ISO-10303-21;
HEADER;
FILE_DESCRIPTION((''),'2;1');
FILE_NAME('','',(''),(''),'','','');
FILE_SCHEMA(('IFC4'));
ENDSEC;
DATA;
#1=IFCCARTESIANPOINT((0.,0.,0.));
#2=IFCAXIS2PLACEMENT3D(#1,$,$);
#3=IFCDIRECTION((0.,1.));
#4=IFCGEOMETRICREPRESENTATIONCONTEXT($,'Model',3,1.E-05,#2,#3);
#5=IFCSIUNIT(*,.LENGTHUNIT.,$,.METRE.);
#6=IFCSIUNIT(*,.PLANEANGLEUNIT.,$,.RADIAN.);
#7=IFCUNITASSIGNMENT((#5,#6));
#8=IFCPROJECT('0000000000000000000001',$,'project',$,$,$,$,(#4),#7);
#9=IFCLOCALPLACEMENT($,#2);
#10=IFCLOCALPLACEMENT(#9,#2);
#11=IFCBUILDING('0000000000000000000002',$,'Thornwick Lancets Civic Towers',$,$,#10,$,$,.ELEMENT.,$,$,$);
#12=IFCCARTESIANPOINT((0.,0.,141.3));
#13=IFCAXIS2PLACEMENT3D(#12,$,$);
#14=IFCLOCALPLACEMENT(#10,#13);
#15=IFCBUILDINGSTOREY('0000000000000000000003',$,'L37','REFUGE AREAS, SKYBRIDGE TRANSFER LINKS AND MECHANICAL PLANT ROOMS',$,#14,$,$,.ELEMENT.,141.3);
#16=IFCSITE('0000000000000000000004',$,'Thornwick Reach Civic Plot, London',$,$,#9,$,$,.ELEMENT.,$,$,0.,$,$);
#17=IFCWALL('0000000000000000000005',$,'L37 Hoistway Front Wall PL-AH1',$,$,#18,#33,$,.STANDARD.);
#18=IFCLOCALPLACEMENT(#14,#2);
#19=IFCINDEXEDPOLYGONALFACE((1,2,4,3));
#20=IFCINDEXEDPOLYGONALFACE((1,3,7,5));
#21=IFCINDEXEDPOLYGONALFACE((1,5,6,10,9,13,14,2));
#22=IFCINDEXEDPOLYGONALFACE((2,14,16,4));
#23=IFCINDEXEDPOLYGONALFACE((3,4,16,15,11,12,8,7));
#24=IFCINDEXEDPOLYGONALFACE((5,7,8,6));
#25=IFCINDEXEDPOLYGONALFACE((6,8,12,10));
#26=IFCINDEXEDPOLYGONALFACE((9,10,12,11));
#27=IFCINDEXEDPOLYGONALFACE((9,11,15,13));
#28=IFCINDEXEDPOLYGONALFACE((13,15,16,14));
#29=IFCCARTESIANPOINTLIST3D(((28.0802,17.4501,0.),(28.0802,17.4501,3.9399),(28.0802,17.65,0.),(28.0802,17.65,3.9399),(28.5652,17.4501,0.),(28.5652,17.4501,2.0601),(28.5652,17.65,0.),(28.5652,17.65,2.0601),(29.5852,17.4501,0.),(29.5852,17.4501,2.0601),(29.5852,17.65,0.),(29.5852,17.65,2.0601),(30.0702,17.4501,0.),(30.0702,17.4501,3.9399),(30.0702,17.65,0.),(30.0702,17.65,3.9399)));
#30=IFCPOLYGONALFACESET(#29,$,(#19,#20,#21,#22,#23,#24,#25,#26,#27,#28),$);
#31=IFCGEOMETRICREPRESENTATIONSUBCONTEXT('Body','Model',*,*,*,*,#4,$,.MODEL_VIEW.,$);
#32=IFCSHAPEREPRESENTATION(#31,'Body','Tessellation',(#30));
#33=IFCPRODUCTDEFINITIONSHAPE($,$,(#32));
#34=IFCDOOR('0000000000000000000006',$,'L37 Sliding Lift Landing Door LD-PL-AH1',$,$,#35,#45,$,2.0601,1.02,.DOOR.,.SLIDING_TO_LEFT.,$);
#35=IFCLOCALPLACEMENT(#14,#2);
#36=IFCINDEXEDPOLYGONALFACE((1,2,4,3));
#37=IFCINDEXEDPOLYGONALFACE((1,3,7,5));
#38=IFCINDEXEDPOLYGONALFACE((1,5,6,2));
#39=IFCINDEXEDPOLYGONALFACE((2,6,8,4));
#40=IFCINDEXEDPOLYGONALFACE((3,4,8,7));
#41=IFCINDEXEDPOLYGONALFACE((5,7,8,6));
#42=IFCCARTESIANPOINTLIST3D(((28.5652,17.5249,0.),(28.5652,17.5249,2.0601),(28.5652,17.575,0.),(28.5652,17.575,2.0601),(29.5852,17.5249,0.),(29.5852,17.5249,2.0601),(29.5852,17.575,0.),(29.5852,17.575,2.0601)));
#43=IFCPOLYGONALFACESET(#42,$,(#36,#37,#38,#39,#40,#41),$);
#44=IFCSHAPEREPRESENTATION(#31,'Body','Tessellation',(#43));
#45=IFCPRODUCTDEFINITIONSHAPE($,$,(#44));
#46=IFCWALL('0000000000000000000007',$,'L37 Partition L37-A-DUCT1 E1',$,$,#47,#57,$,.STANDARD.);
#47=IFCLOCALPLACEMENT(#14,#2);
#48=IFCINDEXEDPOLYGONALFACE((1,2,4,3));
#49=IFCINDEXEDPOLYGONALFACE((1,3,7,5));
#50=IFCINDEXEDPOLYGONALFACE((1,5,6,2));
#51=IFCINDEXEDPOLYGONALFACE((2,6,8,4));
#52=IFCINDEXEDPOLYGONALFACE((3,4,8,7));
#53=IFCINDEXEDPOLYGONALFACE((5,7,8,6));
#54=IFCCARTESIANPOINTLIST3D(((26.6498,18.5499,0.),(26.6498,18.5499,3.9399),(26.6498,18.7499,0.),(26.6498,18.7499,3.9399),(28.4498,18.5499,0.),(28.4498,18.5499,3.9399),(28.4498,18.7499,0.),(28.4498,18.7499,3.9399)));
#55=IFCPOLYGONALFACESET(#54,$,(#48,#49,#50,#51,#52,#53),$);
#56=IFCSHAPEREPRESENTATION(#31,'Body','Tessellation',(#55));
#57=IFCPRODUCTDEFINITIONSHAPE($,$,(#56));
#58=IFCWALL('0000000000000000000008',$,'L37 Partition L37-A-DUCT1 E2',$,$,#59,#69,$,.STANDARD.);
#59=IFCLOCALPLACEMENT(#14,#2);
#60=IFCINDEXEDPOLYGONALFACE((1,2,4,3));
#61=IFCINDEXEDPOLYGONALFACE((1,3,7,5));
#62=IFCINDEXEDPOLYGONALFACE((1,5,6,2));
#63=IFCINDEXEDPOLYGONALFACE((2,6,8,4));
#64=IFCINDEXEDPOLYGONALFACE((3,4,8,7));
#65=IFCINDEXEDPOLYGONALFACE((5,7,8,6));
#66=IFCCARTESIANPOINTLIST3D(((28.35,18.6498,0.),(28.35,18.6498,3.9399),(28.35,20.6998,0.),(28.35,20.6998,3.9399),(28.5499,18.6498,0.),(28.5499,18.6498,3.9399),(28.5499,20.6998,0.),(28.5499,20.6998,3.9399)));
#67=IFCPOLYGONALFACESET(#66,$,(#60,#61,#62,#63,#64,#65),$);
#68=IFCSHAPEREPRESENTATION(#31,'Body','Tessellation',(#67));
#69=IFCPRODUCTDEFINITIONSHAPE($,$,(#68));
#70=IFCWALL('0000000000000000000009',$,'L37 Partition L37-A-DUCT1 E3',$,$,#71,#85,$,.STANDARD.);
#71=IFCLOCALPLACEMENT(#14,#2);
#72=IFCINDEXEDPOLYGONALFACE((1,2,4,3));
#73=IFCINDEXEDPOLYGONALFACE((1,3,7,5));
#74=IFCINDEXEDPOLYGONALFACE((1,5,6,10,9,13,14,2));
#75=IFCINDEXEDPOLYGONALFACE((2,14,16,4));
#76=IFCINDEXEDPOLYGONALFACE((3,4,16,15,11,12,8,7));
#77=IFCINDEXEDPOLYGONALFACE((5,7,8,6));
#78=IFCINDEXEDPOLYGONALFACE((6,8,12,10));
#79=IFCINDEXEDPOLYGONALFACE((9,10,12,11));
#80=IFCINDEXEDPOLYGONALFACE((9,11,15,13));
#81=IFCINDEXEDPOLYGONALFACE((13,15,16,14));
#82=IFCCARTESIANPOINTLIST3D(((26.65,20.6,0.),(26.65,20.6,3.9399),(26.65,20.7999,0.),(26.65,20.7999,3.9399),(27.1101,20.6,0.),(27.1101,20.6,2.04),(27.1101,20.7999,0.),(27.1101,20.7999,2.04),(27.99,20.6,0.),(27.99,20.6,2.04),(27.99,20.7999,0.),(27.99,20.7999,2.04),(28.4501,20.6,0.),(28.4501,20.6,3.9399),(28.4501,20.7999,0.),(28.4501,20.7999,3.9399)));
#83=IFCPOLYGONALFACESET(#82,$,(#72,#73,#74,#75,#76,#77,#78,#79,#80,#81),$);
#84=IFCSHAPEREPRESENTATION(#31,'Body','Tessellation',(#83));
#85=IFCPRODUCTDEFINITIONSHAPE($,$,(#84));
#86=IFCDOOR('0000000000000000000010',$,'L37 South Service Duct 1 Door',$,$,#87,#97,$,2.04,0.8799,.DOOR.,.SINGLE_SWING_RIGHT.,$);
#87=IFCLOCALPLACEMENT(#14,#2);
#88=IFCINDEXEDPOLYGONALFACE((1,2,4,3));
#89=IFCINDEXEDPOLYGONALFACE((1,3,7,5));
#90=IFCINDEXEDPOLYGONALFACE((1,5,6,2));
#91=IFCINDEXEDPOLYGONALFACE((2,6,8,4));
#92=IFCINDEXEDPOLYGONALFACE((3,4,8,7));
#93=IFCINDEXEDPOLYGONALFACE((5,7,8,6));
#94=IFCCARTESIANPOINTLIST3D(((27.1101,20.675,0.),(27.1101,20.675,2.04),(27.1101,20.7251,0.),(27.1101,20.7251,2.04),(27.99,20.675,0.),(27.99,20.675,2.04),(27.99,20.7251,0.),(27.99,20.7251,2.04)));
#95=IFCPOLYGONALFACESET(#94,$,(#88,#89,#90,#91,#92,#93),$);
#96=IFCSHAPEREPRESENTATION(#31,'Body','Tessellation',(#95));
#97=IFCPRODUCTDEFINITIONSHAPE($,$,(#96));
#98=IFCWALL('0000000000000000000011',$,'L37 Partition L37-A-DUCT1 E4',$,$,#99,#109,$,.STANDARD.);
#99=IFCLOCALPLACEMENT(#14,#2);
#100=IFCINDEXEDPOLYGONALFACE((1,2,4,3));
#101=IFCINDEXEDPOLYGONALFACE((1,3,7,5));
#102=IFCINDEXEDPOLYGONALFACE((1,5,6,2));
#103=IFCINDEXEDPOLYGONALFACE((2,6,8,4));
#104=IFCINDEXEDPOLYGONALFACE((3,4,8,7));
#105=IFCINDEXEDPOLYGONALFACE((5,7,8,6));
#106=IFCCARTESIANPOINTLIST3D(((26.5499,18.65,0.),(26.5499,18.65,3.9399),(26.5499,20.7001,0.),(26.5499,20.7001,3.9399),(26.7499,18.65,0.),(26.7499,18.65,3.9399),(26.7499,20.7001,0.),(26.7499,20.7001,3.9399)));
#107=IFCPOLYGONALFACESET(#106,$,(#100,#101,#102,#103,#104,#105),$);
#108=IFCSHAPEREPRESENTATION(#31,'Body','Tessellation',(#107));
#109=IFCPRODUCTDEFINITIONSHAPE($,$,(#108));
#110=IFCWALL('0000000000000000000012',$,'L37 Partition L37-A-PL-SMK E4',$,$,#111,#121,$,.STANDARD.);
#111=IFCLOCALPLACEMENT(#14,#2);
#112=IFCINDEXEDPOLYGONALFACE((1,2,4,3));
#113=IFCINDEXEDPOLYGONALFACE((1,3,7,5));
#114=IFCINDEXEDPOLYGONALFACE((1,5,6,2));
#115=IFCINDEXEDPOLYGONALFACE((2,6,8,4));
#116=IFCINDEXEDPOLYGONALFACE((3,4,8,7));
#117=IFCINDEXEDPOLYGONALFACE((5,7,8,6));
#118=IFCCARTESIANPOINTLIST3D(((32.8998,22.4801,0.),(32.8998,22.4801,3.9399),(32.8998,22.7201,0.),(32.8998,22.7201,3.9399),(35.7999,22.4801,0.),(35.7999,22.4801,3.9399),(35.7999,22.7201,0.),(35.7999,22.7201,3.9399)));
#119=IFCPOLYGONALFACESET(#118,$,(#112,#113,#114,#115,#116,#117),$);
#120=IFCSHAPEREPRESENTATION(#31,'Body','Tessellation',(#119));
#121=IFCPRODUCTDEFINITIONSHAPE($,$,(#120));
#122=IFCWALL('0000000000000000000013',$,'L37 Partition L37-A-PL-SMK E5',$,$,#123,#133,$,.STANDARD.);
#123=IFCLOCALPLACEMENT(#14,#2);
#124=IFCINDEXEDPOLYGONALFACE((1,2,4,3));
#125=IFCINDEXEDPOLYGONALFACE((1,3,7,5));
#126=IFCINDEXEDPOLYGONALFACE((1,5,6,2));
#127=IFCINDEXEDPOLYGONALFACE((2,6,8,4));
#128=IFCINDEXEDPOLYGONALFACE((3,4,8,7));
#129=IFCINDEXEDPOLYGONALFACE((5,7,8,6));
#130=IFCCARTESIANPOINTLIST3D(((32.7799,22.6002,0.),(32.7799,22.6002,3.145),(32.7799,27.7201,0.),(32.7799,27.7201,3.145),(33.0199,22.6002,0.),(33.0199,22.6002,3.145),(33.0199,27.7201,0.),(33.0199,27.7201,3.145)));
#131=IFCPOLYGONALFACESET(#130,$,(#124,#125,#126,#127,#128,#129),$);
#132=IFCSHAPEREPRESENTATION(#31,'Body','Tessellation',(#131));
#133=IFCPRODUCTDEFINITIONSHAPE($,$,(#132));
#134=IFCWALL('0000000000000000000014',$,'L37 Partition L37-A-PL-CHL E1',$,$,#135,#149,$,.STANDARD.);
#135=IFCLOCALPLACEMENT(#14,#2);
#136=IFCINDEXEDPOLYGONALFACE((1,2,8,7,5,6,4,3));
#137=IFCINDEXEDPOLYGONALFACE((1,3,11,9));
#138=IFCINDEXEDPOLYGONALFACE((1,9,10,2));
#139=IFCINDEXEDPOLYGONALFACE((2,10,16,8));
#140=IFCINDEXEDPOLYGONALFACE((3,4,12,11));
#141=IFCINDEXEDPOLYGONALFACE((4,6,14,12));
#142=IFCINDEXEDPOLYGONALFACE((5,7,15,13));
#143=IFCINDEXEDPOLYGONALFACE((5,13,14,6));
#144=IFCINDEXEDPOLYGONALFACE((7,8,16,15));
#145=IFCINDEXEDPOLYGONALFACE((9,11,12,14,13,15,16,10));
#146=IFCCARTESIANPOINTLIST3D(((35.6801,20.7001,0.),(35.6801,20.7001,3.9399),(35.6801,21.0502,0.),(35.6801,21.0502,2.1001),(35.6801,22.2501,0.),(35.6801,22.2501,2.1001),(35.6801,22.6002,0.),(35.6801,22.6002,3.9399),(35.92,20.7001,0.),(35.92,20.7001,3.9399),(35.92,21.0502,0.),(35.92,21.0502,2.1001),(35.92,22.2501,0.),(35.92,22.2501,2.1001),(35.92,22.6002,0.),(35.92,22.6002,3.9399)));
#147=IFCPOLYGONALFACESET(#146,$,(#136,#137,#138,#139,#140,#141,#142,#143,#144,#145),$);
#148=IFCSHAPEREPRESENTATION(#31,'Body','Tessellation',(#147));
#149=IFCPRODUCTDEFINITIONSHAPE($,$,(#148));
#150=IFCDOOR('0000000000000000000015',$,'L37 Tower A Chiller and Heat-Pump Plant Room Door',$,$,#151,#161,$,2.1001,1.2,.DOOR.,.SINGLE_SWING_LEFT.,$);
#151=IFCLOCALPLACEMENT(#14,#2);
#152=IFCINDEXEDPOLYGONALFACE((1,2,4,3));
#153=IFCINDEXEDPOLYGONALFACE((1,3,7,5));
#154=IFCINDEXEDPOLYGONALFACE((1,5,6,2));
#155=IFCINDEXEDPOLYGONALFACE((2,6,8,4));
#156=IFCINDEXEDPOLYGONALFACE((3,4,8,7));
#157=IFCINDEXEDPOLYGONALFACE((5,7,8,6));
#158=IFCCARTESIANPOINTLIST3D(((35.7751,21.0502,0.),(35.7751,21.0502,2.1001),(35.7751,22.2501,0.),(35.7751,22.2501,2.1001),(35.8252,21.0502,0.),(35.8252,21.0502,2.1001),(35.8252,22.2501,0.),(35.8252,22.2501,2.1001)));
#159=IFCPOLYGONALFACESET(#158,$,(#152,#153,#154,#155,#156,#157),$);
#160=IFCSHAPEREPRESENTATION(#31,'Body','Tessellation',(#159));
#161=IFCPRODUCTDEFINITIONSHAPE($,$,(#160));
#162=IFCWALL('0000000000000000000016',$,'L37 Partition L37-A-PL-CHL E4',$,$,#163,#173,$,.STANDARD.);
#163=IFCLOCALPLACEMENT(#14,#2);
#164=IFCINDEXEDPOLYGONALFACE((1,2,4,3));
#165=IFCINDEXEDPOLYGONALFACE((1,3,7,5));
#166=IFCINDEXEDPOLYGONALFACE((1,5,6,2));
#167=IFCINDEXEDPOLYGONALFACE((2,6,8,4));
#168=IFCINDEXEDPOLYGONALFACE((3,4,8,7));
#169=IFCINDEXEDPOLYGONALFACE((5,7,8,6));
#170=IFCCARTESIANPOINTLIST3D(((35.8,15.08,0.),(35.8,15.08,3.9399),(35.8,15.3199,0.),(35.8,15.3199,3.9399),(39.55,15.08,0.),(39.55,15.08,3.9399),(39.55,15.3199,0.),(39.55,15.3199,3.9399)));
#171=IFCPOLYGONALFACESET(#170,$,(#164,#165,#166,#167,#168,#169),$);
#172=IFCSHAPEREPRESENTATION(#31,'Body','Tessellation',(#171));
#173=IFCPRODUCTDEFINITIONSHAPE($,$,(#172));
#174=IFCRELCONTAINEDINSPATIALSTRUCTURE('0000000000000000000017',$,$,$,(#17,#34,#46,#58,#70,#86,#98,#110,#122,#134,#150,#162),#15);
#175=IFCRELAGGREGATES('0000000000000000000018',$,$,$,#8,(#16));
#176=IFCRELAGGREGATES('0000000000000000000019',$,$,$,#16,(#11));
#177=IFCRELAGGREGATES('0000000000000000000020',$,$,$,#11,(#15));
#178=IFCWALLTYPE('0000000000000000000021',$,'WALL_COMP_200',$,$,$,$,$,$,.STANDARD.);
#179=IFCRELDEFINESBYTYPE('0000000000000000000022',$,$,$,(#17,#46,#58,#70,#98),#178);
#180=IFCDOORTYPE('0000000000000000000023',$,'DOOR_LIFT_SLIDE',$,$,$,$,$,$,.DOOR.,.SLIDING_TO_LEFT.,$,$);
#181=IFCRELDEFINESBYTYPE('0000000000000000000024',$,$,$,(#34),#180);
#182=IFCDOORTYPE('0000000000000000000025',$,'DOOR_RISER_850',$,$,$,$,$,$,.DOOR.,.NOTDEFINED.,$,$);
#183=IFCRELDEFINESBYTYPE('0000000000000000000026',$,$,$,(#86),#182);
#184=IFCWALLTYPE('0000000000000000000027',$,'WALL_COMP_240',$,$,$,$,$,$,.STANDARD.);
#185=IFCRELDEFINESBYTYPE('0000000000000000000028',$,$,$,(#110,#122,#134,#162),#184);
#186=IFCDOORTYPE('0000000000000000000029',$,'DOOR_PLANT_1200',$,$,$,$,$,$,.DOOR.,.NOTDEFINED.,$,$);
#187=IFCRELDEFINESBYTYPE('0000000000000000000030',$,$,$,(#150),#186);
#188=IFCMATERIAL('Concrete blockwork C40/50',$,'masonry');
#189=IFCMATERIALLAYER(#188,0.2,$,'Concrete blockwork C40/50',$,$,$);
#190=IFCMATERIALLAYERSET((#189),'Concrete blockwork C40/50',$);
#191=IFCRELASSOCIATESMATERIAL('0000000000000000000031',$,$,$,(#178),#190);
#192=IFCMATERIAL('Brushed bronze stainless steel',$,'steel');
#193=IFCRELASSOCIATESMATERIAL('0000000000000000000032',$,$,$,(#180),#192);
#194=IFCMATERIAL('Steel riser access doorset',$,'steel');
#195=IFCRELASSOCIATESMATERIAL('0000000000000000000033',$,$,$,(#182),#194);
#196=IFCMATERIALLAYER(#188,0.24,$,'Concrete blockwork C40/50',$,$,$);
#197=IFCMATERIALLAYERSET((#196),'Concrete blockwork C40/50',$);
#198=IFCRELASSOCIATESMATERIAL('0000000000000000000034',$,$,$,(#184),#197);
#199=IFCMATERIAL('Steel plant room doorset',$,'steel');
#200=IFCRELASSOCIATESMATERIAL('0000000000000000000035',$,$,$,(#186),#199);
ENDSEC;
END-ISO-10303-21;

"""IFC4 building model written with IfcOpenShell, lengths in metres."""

from ifc_helpers import new_model, si_unit, direction, frame, frame_2d, origin, place, context, subcontext, project, spatial, rectangle, extrude, material, layer, layer_set, type_object, element, fill, save


model = new_model("IFC4")

# Units and contexts
model_context = context("Model", 3, precision=1e-05, world=origin(), true_north=direction((0.0, 1.0)))
body_context = subcontext(model_context, "Body", "Model", "MODEL_VIEW")
ifc_project = project(units=[si_unit("LENGTHUNIT", "METRE"), si_unit("PLANEANGLEUNIT", "RADIAN")], contexts=[model_context])

# Site, building, storey
site_placement = place(None, origin())
site = spatial("IfcSite", under=ifc_project, at=site_placement, Name="Thornwick Reach Civic Plot, London", CompositionType="ELEMENT", RefElevation=0.0)
building_placement = place(site_placement, origin())
building = spatial("IfcBuilding", under=site, at=building_placement, Name="Thornwick Lancets Civic Towers", CompositionType="ELEMENT")
storey_placement = place(building_placement, frame((0.0, 0.0, 141.3)))
storey = spatial("IfcBuildingStorey", under=building, at=storey_placement, Name="L37", Description="REFUGE AREAS, SKYBRIDGE TRANSFER LINKS AND MECHANICAL PLANT ROOMS", CompositionType="ELEMENT", Elevation=141.3)

# Wall, opening, door
ifc_material_1 = material(Name="Concrete blockwork C40/50", Category="masonry")
ifc_layer_1 = layer(ifc_material_1, 0.2, Name="Concrete blockwork C40/50")
ifc_layer_set_1 = layer_set([ifc_layer_1], Name="Concrete blockwork C40/50")
wall_type_1 = type_object("IfcWallType", Name="WALL_COMP_200", PredefinedType="STANDARD", material=ifc_layer_set_1)
ifc_material_2 = material(Name="Brushed bronze stainless steel", Category="steel")
door_type_1 = type_object("IfcDoorType", Name="DOOR_LIFT_SLIDE", OperationType="SLIDING_TO_LEFT", PredefinedType="DOOR", material=ifc_material_2)
wall_1_placement = place(storey_placement, frame((28.0801, 17.55, 0.0), z_axis=(0.0, 0.0, 1.0), x_axis=(1.0, 0.0, 0.0)))
wall_1 = element("IfcWall", 1, at=wall_1_placement, inside=storey, type_object=wall_type_1, Name="L37 Hoistway Front Wall PL-AH1", PredefinedType="STANDARD", context=body_context, shape_type="SweptSolid", body=[
    extrude(rectangle(XDim=1.99, YDim=0.2, at=frame_2d((0.9951, 0.0))), origin(), (0.0, 0.0, 1.0), 3.9399),
])
opening_1_placement = place(wall_1_placement, frame((0.4851, 0.0, 0.0)))
opening_1 = element("IfcOpeningElement", 2, at=opening_1_placement, cuts=wall_1, PredefinedType="OPENING", context=body_context, shape_type="SweptSolid", body=[
    extrude(rectangle(XDim=1.02, YDim=2.0601, at=frame_2d((0.51, 1.03))), frame((0.0, 0.1099, 0.0), z_axis=(0.0, -1.0, 0.0), x_axis=(1.0, 0.0, 0.0)), (0.0, 0.0, 1.0), 0.22),
])
door_1_placement = place(opening_1_placement, origin())
door_1 = element("IfcDoor", 3, at=door_1_placement, inside=storey, type_object=door_type_1, Name="L37 Sliding Lift Landing Door LD-PL-AH1", OperationType="SLIDING_TO_LEFT", OverallHeight=2.0601, OverallWidth=1.02, PredefinedType="DOOR", context=body_context, shape_type="SweptSolid", body=[
    extrude(rectangle(XDim=1.02, YDim=2.0601, at=frame_2d((0.51, 1.03))), frame((0.0, 0.0249, 0.0), z_axis=(0.0, -1.0, 0.0), x_axis=(1.0, 0.0, 0.0)), (0.0, 0.0, 1.0), 0.05),
])
fill(opening_1, door_1)

# Walls
wall_2_placement = place(storey_placement, frame((26.6499, 18.6499, 0.0), z_axis=(0.0, 0.0, 1.0), x_axis=(1.0, 0.0, 0.0)))
element("IfcWall", 4, at=wall_2_placement, inside=storey, type_object=wall_type_1, Name="L37 Partition L37-A-DUCT1 E1", PredefinedType="STANDARD", context=body_context, shape_type="SweptSolid", body=[
    extrude(rectangle(XDim=1.8, YDim=0.2, at=frame_2d((0.8999, 0.0))), origin(), (0.0, 0.0, 1.0), 3.9399),
])
wall_3_placement = place(storey_placement, frame((28.45, 18.6499, 0.0), z_axis=(0.0, 0.0, 1.0), x_axis=(0.0, 1.0, 0.0)))
element("IfcWall", 5, at=wall_3_placement, inside=storey, type_object=wall_type_1, Name="L37 Partition L37-A-DUCT1 E2", PredefinedType="STANDARD", context=body_context, shape_type="SweptSolid", body=[
    extrude(rectangle(XDim=2.05, YDim=0.2, at=frame_2d((1.0249, 0.0))), origin(), (0.0, 0.0, 1.0), 3.9399),
])

# Wall, opening, door
wall_4_placement = place(storey_placement, frame((28.45, 20.7, 0.0), z_axis=(0.0, 0.0, 1.0), x_axis=(-1.0, 0.0, 0.0)))
wall_4 = element("IfcWall", 6, at=wall_4_placement, inside=storey, type_object=wall_type_1, Name="L37 Partition L37-A-DUCT1 E3", PredefinedType="STANDARD", context=body_context, shape_type="SweptSolid", body=[
    extrude(rectangle(XDim=1.8, YDim=0.2, at=frame_2d((0.8999, 0.0))), origin(), (0.0, 0.0, 1.0), 3.9399),
])
opening_2_placement = place(wall_4_placement, frame((0.46, 0.0, 0.0)))
opening_2 = element("IfcOpeningElement", 7, at=opening_2_placement, cuts=wall_4, PredefinedType="OPENING", context=body_context, shape_type="SweptSolid", body=[
    extrude(rectangle(XDim=0.8799, YDim=2.04, at=frame_2d((0.4399, 1.02))), frame((0.0, 0.1099, 0.0), z_axis=(0.0, -1.0, 0.0), x_axis=(1.0, 0.0, 0.0)), (0.0, 0.0, 1.0), 0.22),
])
ifc_material_3 = material(Name="Steel riser access doorset", Category="steel")
door_type_2 = type_object("IfcDoorType", Name="DOOR_RISER_850", OperationType="NOTDEFINED", PredefinedType="DOOR", material=ifc_material_3)
door_2_placement = place(opening_2_placement, origin())
door_2 = element("IfcDoor", 8, at=door_2_placement, inside=storey, type_object=door_type_2, Name="L37 South Service Duct 1 Door", OperationType="SINGLE_SWING_RIGHT", OverallHeight=2.04, OverallWidth=0.8799, PredefinedType="DOOR", context=body_context, shape_type="SweptSolid", body=[
    extrude(rectangle(XDim=0.8799, YDim=2.04, at=frame_2d((0.4399, 1.02))), frame((0.0, 0.0249, 0.0), z_axis=(0.0, -1.0, 0.0), x_axis=(1.0, 0.0, 0.0)), (0.0, 0.0, 1.0), 0.05),
])
fill(opening_2, door_2)

# Walls
wall_5_placement = place(storey_placement, frame((26.6499, 20.7, 0.0), z_axis=(0.0, 0.0, 1.0), x_axis=(0.0, -1.0, 0.0)))
element("IfcWall", 9, at=wall_5_placement, inside=storey, type_object=wall_type_1, Name="L37 Partition L37-A-DUCT1 E4", PredefinedType="STANDARD", context=body_context, shape_type="SweptSolid", body=[
    extrude(rectangle(XDim=2.05, YDim=0.2, at=frame_2d((1.0249, 0.0))), origin(), (0.0, 0.0, 1.0), 3.9399),
])
ifc_layer_2 = layer(ifc_material_1, 0.24, Name="Concrete blockwork C40/50")
ifc_layer_set_2 = layer_set([ifc_layer_2], Name="Concrete blockwork C40/50")
wall_type_2 = type_object("IfcWallType", Name="WALL_COMP_240", PredefinedType="STANDARD", material=ifc_layer_set_2)
wall_6_placement = place(storey_placement, frame((35.8, 22.6001, 0.0), z_axis=(0.0, 0.0, 1.0), x_axis=(-1.0, 0.0, 0.0)))
element("IfcWall", 10, at=wall_6_placement, inside=storey, type_object=wall_type_2, Name="L37 Partition L37-A-PL-SMK E4", PredefinedType="STANDARD", context=body_context, shape_type="SweptSolid", body=[
    extrude(rectangle(XDim=2.9001, YDim=0.24, at=frame_2d((1.4502, 0.0))), origin(), (0.0, 0.0, 1.0), 3.9399),
])
wall_7_placement = place(storey_placement, frame((32.8999, 22.6001, 0.0), z_axis=(0.0, 0.0, 1.0), x_axis=(0.0, 1.0, 0.0)))
element("IfcWall", 11, at=wall_7_placement, inside=storey, type_object=wall_type_2, Name="L37 Partition L37-A-PL-SMK E5", PredefinedType="STANDARD", context=body_context, shape_type="SweptSolid", body=[
    extrude(rectangle(XDim=5.1199, YDim=0.24, at=frame_2d((2.5601, 0.0))), origin(), (0.0, 0.0, 1.0), 3.145),
])

# Wall, opening, door
wall_8_placement = place(storey_placement, frame((35.8, 20.7, 0.0), z_axis=(0.0, 0.0, 1.0), x_axis=(0.0, 1.0, 0.0)))
wall_8 = element("IfcWall", 12, at=wall_8_placement, inside=storey, type_object=wall_type_2, Name="L37 Partition L37-A-PL-CHL E1", PredefinedType="STANDARD", context=body_context, shape_type="SweptSolid", body=[
    extrude(rectangle(XDim=1.9001, YDim=0.24, at=frame_2d((0.9502, 0.0))), origin(), (0.0, 0.0, 1.0), 3.9399),
])
opening_3_placement = place(wall_8_placement, frame((0.3501, 0.0, 0.0)))
opening_3 = element("IfcOpeningElement", 13, at=opening_3_placement, cuts=wall_8, PredefinedType="OPENING", context=body_context, shape_type="SweptSolid", body=[
    extrude(rectangle(XDim=1.2, YDim=2.1001, at=frame_2d((0.6001, 1.05))), frame((0.0, 0.1299, 0.0), z_axis=(0.0, -1.0, 0.0), x_axis=(1.0, 0.0, 0.0)), (0.0, 0.0, 1.0), 0.26),
])
ifc_material_4 = material(Name="Steel plant room doorset", Category="steel")
door_type_3 = type_object("IfcDoorType", Name="DOOR_PLANT_1200", OperationType="NOTDEFINED", PredefinedType="DOOR", material=ifc_material_4)
door_3_placement = place(opening_3_placement, origin())
door_3 = element("IfcDoor", 14, at=door_3_placement, inside=storey, type_object=door_type_3, Name="L37 Tower A Chiller and Heat-Pump Plant Room Door", OperationType="SINGLE_SWING_LEFT", OverallHeight=2.1001, OverallWidth=1.2, PredefinedType="DOOR", context=body_context, shape_type="SweptSolid", body=[
    extrude(rectangle(XDim=1.2, YDim=2.1001, at=frame_2d((0.6001, 1.05))), frame((0.0, 0.0249, 0.0), z_axis=(0.0, -1.0, 0.0), x_axis=(1.0, 0.0, 0.0)), (0.0, 0.0, 1.0), 0.05),
])
fill(opening_3, door_3)

# Wall
wall_9_placement = place(storey_placement, frame((39.55, 15.2, 0.0), z_axis=(0.0, 0.0, 1.0), x_axis=(-1.0, 0.0, 0.0)))
element("IfcWall", 15, at=wall_9_placement, inside=storey, type_object=wall_type_2, Name="L37 Partition L37-A-PL-CHL E4", PredefinedType="STANDARD", context=body_context, shape_type="SweptSolid", body=[
    extrude(rectangle(XDim=3.75, YDim=0.24, at=frame_2d((1.875, 0.0))), origin(), (0.0, 0.0, 1.0), 3.9399),
])

save(model, "model.ifc")
